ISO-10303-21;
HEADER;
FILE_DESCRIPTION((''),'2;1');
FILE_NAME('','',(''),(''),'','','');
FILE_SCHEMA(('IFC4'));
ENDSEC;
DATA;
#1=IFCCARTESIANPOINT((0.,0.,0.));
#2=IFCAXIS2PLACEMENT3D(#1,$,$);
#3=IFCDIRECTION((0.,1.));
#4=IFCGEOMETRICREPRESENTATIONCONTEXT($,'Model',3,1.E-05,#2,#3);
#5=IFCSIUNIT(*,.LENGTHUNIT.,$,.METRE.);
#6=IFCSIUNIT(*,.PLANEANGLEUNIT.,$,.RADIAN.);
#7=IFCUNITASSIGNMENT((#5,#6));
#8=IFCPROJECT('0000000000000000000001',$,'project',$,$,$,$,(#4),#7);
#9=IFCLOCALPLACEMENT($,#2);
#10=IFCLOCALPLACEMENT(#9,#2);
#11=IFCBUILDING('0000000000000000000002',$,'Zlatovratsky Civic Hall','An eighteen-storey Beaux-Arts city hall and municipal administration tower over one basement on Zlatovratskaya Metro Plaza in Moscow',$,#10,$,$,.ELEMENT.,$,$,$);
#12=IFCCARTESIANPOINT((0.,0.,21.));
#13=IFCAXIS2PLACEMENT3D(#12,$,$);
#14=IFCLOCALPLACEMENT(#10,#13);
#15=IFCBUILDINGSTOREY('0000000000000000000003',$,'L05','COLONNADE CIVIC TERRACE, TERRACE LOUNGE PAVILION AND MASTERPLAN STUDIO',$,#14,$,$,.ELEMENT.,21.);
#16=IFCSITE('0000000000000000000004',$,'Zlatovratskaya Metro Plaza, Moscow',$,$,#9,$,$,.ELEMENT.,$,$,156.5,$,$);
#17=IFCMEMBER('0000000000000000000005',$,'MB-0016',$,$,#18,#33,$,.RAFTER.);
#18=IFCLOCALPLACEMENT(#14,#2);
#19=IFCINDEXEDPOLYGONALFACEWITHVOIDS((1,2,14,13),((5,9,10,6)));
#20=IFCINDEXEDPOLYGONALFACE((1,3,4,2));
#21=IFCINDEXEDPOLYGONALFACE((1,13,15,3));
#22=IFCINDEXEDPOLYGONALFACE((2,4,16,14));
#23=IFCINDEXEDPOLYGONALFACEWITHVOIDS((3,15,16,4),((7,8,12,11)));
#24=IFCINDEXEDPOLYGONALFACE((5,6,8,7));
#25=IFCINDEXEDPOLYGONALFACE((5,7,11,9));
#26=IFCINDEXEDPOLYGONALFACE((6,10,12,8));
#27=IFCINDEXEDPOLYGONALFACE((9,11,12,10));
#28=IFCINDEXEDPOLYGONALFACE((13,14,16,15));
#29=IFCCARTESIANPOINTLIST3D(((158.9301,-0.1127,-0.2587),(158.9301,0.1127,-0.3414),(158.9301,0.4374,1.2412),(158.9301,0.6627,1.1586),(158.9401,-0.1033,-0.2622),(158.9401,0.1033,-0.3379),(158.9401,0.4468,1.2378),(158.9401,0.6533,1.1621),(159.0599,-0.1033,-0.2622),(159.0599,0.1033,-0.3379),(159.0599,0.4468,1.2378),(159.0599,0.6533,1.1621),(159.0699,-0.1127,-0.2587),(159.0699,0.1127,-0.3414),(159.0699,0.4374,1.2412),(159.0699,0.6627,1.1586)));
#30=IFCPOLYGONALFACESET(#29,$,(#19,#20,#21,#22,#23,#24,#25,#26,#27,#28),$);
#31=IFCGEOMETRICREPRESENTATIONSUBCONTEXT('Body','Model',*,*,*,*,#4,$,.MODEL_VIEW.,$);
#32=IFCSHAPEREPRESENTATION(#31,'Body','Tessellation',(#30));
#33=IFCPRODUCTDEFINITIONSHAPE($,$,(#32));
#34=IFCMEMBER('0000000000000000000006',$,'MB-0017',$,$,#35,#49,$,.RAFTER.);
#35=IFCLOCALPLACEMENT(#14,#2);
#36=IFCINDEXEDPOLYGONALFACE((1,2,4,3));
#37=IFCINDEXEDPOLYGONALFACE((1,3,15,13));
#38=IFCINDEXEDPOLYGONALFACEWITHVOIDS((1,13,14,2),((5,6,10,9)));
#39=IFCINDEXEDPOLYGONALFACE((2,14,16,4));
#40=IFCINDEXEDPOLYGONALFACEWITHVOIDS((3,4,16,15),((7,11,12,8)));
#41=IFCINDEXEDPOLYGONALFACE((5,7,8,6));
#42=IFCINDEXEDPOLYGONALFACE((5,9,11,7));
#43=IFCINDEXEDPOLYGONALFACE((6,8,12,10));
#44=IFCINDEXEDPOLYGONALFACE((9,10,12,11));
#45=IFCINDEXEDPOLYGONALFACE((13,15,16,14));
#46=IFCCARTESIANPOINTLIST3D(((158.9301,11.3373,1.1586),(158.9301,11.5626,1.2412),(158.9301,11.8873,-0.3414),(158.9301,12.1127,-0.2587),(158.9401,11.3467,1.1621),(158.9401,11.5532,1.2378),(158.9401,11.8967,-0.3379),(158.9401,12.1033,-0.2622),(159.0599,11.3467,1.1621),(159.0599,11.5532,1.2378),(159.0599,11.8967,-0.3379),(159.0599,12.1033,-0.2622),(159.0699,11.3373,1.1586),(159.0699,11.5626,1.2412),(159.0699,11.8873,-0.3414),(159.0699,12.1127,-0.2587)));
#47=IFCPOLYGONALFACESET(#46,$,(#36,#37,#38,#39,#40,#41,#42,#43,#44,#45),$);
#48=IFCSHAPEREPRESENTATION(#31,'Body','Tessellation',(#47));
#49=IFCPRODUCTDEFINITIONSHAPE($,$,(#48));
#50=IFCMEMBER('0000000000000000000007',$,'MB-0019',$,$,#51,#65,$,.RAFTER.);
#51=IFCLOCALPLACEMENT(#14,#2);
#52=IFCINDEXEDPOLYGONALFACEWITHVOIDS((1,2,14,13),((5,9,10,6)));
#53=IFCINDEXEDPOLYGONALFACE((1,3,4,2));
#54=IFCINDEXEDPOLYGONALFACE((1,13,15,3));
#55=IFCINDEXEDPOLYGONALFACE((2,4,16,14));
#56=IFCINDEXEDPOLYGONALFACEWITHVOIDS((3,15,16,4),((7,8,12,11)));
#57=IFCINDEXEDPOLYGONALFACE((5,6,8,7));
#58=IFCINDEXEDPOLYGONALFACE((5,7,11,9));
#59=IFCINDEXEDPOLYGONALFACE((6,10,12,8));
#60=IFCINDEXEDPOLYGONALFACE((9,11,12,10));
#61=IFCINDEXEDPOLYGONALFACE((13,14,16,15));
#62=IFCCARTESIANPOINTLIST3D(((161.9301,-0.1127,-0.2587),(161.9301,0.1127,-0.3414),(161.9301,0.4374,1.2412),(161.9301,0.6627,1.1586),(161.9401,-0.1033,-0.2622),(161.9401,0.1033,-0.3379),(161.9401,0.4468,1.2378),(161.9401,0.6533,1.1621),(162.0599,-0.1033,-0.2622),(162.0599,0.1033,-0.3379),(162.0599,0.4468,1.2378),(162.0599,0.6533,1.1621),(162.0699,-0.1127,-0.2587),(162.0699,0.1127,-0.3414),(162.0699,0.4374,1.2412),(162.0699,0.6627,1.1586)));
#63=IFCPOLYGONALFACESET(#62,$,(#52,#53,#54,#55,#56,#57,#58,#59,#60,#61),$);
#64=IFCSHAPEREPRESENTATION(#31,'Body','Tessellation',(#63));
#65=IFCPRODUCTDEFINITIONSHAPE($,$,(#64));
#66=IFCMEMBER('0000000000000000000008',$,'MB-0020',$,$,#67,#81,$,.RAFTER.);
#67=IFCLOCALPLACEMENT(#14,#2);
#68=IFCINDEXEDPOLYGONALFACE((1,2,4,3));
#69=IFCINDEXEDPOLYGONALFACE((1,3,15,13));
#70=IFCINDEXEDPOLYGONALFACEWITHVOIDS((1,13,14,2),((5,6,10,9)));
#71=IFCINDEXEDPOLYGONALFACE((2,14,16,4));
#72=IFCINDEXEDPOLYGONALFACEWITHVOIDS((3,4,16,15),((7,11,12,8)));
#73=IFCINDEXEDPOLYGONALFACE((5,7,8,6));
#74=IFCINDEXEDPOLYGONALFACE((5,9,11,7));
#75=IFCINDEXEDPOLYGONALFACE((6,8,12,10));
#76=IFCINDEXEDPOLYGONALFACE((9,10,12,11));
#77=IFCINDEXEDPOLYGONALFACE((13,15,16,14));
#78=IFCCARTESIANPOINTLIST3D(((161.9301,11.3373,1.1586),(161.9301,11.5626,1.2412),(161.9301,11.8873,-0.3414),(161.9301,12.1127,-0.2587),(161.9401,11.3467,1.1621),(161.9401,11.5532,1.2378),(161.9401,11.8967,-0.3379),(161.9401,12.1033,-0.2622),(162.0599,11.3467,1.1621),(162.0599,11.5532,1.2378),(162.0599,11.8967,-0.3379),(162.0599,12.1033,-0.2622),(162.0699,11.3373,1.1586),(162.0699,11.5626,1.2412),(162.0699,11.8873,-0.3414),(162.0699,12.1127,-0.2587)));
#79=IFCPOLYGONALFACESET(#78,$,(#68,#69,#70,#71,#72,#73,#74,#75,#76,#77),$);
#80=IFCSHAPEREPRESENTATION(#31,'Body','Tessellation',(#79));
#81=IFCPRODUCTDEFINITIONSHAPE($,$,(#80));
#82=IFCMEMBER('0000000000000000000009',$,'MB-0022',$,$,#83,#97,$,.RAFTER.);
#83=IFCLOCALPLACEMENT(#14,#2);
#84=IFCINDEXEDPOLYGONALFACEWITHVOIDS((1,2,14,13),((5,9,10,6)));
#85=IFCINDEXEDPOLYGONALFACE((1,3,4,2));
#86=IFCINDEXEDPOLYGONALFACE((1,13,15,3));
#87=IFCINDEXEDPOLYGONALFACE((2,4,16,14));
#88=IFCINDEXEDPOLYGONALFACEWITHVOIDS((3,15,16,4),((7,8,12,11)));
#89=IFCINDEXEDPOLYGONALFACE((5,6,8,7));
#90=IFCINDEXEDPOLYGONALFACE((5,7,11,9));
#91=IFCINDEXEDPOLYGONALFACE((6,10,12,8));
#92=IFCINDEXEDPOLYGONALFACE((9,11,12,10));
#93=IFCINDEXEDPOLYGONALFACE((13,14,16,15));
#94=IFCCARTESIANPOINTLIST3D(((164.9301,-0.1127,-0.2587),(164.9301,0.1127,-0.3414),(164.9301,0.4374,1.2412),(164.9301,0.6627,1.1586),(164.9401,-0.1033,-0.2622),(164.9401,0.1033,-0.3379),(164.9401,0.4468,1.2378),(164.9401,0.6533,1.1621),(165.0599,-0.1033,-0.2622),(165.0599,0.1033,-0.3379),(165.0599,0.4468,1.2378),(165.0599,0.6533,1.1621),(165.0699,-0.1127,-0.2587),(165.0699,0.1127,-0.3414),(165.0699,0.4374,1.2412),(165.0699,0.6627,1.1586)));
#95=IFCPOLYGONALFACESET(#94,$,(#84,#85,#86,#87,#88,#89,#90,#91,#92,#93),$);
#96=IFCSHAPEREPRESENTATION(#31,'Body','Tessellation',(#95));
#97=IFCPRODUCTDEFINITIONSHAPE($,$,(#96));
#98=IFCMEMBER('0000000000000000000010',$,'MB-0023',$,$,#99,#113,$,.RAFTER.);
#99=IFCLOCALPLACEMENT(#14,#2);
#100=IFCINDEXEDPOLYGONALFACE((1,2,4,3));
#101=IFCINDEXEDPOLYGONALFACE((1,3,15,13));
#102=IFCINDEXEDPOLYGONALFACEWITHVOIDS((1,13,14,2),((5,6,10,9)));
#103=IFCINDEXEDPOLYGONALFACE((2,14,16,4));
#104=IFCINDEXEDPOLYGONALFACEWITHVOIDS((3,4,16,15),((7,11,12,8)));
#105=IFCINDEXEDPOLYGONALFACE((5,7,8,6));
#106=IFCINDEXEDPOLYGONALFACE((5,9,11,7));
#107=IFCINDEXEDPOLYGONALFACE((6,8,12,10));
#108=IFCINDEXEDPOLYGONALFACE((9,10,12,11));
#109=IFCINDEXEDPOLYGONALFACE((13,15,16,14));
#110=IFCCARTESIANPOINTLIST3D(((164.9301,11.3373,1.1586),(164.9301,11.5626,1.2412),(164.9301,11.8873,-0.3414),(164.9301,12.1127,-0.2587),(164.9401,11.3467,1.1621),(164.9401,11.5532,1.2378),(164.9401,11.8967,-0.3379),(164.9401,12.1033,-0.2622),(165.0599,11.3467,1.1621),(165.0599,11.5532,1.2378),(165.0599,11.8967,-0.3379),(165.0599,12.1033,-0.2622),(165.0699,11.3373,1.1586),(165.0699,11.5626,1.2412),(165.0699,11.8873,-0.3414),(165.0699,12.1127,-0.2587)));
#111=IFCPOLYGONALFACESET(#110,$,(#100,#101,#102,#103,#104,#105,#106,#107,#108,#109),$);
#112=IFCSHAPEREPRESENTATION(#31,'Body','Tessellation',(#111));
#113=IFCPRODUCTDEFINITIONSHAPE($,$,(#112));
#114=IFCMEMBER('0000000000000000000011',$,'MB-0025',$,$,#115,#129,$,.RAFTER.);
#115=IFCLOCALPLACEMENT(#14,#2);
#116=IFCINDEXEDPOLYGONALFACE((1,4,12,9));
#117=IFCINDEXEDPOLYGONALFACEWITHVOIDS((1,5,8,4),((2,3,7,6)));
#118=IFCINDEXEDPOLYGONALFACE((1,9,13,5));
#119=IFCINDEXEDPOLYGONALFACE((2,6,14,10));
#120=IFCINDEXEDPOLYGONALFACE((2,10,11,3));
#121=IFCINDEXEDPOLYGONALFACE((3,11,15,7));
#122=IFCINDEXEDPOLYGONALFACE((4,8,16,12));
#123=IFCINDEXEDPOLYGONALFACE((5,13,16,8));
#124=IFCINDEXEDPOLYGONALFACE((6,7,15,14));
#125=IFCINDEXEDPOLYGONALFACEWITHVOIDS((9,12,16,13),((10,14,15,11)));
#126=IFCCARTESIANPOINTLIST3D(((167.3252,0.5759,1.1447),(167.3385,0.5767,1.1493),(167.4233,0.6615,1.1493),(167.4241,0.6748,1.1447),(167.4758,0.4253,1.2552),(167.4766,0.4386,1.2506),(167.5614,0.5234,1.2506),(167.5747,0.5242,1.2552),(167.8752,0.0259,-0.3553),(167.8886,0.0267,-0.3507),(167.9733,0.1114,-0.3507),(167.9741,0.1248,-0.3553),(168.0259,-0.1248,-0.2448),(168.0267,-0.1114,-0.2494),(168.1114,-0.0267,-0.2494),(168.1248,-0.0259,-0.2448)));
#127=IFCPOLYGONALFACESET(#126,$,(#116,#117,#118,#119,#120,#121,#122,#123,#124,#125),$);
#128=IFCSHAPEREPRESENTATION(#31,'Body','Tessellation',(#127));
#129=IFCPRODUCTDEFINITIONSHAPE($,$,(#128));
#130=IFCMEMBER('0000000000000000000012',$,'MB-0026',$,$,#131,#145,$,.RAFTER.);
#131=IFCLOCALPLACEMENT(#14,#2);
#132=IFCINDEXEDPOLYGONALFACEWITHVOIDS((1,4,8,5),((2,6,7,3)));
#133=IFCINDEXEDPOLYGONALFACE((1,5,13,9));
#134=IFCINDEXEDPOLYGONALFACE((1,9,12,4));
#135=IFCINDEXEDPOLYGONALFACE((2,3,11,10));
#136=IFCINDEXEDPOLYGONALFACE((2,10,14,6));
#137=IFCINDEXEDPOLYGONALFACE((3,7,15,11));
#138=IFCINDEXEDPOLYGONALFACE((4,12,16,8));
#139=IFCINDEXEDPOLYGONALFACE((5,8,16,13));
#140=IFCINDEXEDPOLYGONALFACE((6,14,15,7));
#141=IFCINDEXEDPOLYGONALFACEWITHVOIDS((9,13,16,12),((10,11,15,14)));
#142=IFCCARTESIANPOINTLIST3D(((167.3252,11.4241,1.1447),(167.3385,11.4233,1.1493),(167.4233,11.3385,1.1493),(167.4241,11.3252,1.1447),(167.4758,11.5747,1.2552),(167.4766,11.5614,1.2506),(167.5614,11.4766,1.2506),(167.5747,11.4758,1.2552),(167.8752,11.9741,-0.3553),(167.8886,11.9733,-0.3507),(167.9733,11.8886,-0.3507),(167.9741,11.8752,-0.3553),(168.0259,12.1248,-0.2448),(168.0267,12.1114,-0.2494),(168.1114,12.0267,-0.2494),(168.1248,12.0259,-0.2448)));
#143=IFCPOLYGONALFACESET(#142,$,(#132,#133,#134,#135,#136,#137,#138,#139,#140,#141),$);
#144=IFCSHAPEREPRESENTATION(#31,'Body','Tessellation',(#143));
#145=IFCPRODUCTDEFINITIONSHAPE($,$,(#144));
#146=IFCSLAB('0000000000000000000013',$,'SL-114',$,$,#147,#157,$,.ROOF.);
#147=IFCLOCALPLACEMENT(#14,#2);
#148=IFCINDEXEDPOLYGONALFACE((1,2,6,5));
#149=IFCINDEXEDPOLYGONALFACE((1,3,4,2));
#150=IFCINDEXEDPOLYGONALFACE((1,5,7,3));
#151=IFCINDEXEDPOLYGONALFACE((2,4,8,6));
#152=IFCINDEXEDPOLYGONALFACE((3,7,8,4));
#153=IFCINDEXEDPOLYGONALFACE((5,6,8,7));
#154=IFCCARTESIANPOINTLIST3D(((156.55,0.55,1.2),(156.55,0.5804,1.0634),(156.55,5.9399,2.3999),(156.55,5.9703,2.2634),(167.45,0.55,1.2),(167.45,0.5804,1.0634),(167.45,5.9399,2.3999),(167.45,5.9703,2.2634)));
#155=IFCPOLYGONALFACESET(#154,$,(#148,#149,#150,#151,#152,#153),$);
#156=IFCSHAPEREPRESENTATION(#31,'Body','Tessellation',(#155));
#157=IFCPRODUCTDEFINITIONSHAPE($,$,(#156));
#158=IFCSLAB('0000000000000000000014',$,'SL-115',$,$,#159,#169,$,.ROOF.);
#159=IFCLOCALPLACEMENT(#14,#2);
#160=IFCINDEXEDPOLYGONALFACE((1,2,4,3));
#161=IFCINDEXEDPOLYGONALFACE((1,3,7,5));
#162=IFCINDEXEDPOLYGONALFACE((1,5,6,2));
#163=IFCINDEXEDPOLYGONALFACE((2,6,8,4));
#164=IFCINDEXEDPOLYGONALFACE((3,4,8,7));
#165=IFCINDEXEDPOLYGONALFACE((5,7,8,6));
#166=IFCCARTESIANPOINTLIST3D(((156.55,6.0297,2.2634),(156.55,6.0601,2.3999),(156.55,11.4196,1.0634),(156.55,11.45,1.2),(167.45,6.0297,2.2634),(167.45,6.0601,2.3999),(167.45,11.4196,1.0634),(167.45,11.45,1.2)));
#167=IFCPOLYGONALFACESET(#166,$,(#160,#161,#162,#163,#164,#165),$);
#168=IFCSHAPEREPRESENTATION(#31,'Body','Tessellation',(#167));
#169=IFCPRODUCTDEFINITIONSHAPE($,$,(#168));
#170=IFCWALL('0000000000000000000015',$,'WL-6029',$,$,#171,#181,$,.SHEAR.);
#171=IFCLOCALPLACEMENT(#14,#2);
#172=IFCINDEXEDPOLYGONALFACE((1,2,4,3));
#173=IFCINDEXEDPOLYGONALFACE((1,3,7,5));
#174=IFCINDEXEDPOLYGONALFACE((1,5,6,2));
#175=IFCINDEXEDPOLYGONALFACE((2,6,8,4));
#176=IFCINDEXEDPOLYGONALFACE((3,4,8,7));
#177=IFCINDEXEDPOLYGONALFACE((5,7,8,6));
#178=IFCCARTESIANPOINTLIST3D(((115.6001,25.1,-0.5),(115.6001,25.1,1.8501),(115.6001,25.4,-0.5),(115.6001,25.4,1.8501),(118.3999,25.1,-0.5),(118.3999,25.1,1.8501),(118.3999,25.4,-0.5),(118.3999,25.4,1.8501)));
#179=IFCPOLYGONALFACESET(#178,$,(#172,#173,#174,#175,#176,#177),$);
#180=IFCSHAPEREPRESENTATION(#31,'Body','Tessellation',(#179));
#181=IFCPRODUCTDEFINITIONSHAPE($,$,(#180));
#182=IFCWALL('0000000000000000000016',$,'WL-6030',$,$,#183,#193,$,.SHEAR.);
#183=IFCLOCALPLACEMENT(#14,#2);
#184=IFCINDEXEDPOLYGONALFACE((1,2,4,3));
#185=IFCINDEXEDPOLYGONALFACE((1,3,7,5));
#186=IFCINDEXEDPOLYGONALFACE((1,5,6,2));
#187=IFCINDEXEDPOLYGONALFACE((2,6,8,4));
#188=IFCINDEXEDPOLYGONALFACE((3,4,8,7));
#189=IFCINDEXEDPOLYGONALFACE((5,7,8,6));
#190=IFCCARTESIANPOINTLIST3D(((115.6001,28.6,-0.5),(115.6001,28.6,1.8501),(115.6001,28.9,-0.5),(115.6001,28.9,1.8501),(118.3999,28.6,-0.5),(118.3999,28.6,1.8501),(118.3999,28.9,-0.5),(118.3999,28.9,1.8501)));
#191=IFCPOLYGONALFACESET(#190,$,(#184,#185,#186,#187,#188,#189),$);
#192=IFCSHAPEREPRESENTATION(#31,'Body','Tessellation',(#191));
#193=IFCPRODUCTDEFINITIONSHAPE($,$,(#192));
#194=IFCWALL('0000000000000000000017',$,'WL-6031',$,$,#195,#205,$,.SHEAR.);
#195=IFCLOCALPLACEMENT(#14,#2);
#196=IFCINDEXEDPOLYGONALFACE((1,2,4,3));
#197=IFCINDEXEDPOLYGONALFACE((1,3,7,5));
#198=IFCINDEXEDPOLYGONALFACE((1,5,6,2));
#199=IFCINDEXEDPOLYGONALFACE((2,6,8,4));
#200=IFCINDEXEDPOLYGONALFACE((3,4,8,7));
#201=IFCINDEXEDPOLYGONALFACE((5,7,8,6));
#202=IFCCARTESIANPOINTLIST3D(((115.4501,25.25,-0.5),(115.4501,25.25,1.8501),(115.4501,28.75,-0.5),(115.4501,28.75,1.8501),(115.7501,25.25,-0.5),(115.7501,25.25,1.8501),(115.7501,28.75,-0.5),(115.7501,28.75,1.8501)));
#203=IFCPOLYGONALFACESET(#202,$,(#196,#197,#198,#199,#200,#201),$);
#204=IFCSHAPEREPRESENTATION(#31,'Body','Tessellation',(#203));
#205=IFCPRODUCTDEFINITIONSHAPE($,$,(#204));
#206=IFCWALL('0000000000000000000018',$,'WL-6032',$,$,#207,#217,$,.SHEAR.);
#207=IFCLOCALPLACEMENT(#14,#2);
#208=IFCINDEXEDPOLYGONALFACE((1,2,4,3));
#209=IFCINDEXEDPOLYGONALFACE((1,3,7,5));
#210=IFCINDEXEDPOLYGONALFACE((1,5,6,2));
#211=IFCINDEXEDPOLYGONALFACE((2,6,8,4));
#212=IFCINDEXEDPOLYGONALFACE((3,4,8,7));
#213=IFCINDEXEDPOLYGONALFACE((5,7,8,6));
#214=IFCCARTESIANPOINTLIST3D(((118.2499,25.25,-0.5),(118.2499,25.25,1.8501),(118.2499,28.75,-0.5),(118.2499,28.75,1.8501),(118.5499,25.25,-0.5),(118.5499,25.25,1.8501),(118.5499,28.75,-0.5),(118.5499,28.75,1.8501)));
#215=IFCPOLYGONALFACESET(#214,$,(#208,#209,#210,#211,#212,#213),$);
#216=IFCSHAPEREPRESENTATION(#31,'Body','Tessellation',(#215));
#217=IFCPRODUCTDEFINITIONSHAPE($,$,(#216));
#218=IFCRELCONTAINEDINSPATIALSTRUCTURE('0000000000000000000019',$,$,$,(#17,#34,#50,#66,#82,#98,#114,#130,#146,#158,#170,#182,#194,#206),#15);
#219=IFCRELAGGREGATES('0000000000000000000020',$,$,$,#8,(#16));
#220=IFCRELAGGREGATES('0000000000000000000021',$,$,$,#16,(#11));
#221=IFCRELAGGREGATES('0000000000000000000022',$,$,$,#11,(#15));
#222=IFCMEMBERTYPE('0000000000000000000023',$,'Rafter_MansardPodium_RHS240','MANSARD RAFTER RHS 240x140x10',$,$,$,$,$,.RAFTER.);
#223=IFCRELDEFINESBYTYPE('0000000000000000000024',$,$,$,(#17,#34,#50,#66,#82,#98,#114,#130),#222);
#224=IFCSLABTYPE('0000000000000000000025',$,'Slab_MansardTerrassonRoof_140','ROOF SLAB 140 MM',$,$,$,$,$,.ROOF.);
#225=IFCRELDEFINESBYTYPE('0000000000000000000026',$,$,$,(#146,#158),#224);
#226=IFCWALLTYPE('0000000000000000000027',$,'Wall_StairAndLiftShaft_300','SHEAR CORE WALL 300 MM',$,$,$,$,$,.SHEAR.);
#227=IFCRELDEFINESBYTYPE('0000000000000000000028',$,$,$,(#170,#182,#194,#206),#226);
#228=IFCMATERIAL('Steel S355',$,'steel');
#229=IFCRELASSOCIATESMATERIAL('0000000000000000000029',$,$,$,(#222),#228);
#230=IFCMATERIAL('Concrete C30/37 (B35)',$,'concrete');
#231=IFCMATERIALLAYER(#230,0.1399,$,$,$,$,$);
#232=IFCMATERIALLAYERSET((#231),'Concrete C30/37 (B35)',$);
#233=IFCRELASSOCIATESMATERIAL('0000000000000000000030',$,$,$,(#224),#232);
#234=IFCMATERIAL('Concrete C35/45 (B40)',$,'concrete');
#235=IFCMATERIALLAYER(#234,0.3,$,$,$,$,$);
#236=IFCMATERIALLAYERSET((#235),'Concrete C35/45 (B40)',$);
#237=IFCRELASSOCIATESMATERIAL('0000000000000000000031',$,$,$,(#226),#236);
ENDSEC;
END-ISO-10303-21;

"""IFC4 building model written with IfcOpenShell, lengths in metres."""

from ifc_helpers import new_model, si_unit, direction, frame, frame_2d, origin, origin_2d, place, context, subcontext, project, spatial, polyline, rectangle, hollow_rectangle, outline, extrude, material, layer, layer_set, material_profile, profile_set, type_object, element, save


model = new_model("IFC4")

# Units and contexts
model_context = context("Model", 3, precision=1e-05, world=origin(), true_north=direction((0.0, 1.0)))
body_context = subcontext(model_context, "Body", "Model", "MODEL_VIEW")
ifc_project = project(units=[si_unit("LENGTHUNIT", "METRE"), si_unit("PLANEANGLEUNIT", "RADIAN")], contexts=[model_context])

# Site, building, storey
site_placement = place(None, origin())
site = spatial("IfcSite", under=ifc_project, at=site_placement, Name="Zlatovratskaya Metro Plaza, Moscow", CompositionType="ELEMENT", RefElevation=156.5)
building_placement = place(site_placement, origin())
building = spatial("IfcBuilding", under=site, at=building_placement, Name="Zlatovratsky Civic Hall", Description="An eighteen-storey Beaux-Arts city hall and municipal administration tower over one basement on Zlatovratskaya Metro Plaza in Moscow", CompositionType="ELEMENT")
storey_placement = place(building_placement, frame((0.0, 0.0, 21.0)))
storey = spatial("IfcBuildingStorey", under=building, at=storey_placement, Name="L05", Description="COLONNADE CIVIC TERRACE, TERRACE LOUNGE PAVILION AND MASTERPLAN STUDIO", CompositionType="ELEMENT", Elevation=21.0)

# Shared definitions
ifc_material_1 = material(Name="Concrete C35/45 (B40)", Category="concrete")

# Shared definitions
ifc_material_2 = material(Name="Steel S355", Category="steel")

# Members
ifc_material_profile_1 = material_profile(ifc_material_2, hollow_rectangle(XDim=0.1399, YDim=0.24, WallThickness=0.01, at=origin_2d()), Name="RHS 240x140x10")
ifc_profile_set_1 = profile_set([ifc_material_profile_1], Name="Steel S355")
member_type_1 = type_object("IfcMemberType", Name="Rafter_MansardPodium_RHS240", Description="MANSARD RAFTER RHS 240x140x10", PredefinedType="RAFTER", material=ifc_profile_set_1)
for number, where, z_axis, x_axis, name in (
    (1, (159.0, 0.0, -0.3), (0.0, 0.344282, 0.938866), (-1.0, 0.0, 0.0), "MB-0016"),
    (2, (159.0, 12.0, -0.3), (0.0, -0.344282, 0.938866), (1.0, 0.0, 0.0), "MB-0017"),
    (3, (162.0, 0.0, -0.3), (0.0, 0.344282, 0.938866), (-1.0, 0.0, 0.0), "MB-0019"),
    (4, (162.0, 12.0, -0.3), (0.0, -0.344282, 0.938866), (1.0, 0.0, 0.0), "MB-0020"),
    (5, (165.0, 0.0, -0.3), (0.0, 0.344282, 0.938866), (-1.0, 0.0, 0.0), "MB-0022"),
    (6, (165.0, 12.0, -0.3), (0.0, -0.344282, 0.938866), (1.0, 0.0, 0.0), "MB-0023"),
):
    element("IfcMember", number, at=place(storey_placement, frame(where, z_axis=z_axis, x_axis=x_axis)), inside=storey, type_object=member_type_1, Name=name, PredefinedType="RAFTER", context=body_context, shape_type="SweptSolid", body=[
        extrude(hollow_rectangle(XDim=0.1399, YDim=0.24, WallThickness=0.01, at=origin_2d()), origin(), (0.0, 0.0, 1.0), 1.5977),
    ])
for number, where, z_axis, x_axis, name in (
    (7, (168.0, 0.0, -0.3), (-0.325529, 0.325529, 0.887728), (-0.707107, -0.707107, 0.0), "MB-0025"),
    (8, (168.0, 12.0, -0.3), (-0.325529, -0.325529, 0.887728), (0.707107, -0.707107, 0.0), "MB-0026"),
):
    element("IfcMember", number, at=place(storey_placement, frame(where, z_axis=z_axis, x_axis=x_axis)), inside=storey, type_object=member_type_1, Name=name, PredefinedType="RAFTER", context=body_context, shape_type="SweptSolid", body=[
        extrude(hollow_rectangle(XDim=0.1399, YDim=0.24, WallThickness=0.01, at=origin_2d()), origin(), (0.0, 0.0, 1.0), 1.6897),
    ])

# Slabs
ifc_material_3 = material(Name="Concrete C30/37 (B35)", Category="concrete")
ifc_layer_1 = layer(ifc_material_3, 0.1399)
ifc_layer_set_1 = layer_set([ifc_layer_1], Name="Concrete C30/37 (B35)")
slab_type = type_object("IfcSlabType", Name="Slab_MansardTerrassonRoof_140", Description="ROOF SLAB 140 MM", PredefinedType="ROOF", material=ifc_layer_set_1)
for number, where, z_axis, x_axis, name in (
    (9, (156.55, 0.55, 1.2), (0.0, -0.21731, 0.976103), (1.0, 0.0, 0.0), "SL-114"),
    (10, (167.45, 11.45, 1.2), (0.0, 0.21731, 0.976103), (-1.0, 0.0, 0.0), "SL-115"),
):
    element("IfcSlab", number, at=place(storey_placement, frame(where, z_axis=z_axis, x_axis=x_axis)), inside=storey, type_object=slab_type, Name=name, PredefinedType="ROOF", context=body_context, shape_type="SweptSolid", body=[
        extrude(outline(polyline([(0.0, 0.0), (10.8999, 0.0), (10.8999, 5.5218), (0.0, 5.5218), (0.0, 0.0)])), origin(), (0.0, 0.0, -1.0), 0.1399),
    ])

# Walls
ifc_layer_2 = layer(ifc_material_1, 0.3)
ifc_layer_set_2 = layer_set([ifc_layer_2], Name="Concrete C35/45 (B40)")
wall_type_1 = type_object("IfcWallType", Name="Wall_StairAndLiftShaft_300", Description="SHEAR CORE WALL 300 MM", PredefinedType="SHEAR", material=ifc_layer_set_2)
for number, where, z_axis, x_axis, name in (
    (11, (115.6001, 25.25, -0.5), (0.0, 0.0, 1.0), (1.0, 0.0, 0.0), "WL-6029"),
    (12, (115.6001, 28.75, -0.5), (0.0, 0.0, 1.0), (1.0, 0.0, 0.0), "WL-6030"),
):
    element("IfcWall", number, at=place(storey_placement, frame(where, z_axis=z_axis, x_axis=x_axis)), inside=storey, type_object=wall_type_1, Name=name, PredefinedType="SHEAR", context=body_context, shape_type="SweptSolid", body=[
        extrude(rectangle(XDim=2.7998, YDim=0.3, at=frame_2d((1.3999, 0.0))), origin(), (0.0, 0.0, 1.0), 2.3501),
    ])
for number, where, z_axis, x_axis, name in (
    (13, (115.6001, 25.25, -0.5), (0.0, 0.0, 1.0), (0.0, 1.0, 0.0), "WL-6031"),
    (14, (118.3999, 25.25, -0.5), (0.0, 0.0, 1.0), (0.0, 1.0, 0.0), "WL-6032"),
):
    element("IfcWall", number, at=place(storey_placement, frame(where, z_axis=z_axis, x_axis=x_axis)), inside=storey, type_object=wall_type_1, Name=name, PredefinedType="SHEAR", context=body_context, shape_type="SweptSolid", body=[
        extrude(rectangle(XDim=3.5, YDim=0.3, at=frame_2d((1.75, 0.0))), origin(), (0.0, 0.0, 1.0), 2.3501),
    ])

save(model, "model.ifc")
